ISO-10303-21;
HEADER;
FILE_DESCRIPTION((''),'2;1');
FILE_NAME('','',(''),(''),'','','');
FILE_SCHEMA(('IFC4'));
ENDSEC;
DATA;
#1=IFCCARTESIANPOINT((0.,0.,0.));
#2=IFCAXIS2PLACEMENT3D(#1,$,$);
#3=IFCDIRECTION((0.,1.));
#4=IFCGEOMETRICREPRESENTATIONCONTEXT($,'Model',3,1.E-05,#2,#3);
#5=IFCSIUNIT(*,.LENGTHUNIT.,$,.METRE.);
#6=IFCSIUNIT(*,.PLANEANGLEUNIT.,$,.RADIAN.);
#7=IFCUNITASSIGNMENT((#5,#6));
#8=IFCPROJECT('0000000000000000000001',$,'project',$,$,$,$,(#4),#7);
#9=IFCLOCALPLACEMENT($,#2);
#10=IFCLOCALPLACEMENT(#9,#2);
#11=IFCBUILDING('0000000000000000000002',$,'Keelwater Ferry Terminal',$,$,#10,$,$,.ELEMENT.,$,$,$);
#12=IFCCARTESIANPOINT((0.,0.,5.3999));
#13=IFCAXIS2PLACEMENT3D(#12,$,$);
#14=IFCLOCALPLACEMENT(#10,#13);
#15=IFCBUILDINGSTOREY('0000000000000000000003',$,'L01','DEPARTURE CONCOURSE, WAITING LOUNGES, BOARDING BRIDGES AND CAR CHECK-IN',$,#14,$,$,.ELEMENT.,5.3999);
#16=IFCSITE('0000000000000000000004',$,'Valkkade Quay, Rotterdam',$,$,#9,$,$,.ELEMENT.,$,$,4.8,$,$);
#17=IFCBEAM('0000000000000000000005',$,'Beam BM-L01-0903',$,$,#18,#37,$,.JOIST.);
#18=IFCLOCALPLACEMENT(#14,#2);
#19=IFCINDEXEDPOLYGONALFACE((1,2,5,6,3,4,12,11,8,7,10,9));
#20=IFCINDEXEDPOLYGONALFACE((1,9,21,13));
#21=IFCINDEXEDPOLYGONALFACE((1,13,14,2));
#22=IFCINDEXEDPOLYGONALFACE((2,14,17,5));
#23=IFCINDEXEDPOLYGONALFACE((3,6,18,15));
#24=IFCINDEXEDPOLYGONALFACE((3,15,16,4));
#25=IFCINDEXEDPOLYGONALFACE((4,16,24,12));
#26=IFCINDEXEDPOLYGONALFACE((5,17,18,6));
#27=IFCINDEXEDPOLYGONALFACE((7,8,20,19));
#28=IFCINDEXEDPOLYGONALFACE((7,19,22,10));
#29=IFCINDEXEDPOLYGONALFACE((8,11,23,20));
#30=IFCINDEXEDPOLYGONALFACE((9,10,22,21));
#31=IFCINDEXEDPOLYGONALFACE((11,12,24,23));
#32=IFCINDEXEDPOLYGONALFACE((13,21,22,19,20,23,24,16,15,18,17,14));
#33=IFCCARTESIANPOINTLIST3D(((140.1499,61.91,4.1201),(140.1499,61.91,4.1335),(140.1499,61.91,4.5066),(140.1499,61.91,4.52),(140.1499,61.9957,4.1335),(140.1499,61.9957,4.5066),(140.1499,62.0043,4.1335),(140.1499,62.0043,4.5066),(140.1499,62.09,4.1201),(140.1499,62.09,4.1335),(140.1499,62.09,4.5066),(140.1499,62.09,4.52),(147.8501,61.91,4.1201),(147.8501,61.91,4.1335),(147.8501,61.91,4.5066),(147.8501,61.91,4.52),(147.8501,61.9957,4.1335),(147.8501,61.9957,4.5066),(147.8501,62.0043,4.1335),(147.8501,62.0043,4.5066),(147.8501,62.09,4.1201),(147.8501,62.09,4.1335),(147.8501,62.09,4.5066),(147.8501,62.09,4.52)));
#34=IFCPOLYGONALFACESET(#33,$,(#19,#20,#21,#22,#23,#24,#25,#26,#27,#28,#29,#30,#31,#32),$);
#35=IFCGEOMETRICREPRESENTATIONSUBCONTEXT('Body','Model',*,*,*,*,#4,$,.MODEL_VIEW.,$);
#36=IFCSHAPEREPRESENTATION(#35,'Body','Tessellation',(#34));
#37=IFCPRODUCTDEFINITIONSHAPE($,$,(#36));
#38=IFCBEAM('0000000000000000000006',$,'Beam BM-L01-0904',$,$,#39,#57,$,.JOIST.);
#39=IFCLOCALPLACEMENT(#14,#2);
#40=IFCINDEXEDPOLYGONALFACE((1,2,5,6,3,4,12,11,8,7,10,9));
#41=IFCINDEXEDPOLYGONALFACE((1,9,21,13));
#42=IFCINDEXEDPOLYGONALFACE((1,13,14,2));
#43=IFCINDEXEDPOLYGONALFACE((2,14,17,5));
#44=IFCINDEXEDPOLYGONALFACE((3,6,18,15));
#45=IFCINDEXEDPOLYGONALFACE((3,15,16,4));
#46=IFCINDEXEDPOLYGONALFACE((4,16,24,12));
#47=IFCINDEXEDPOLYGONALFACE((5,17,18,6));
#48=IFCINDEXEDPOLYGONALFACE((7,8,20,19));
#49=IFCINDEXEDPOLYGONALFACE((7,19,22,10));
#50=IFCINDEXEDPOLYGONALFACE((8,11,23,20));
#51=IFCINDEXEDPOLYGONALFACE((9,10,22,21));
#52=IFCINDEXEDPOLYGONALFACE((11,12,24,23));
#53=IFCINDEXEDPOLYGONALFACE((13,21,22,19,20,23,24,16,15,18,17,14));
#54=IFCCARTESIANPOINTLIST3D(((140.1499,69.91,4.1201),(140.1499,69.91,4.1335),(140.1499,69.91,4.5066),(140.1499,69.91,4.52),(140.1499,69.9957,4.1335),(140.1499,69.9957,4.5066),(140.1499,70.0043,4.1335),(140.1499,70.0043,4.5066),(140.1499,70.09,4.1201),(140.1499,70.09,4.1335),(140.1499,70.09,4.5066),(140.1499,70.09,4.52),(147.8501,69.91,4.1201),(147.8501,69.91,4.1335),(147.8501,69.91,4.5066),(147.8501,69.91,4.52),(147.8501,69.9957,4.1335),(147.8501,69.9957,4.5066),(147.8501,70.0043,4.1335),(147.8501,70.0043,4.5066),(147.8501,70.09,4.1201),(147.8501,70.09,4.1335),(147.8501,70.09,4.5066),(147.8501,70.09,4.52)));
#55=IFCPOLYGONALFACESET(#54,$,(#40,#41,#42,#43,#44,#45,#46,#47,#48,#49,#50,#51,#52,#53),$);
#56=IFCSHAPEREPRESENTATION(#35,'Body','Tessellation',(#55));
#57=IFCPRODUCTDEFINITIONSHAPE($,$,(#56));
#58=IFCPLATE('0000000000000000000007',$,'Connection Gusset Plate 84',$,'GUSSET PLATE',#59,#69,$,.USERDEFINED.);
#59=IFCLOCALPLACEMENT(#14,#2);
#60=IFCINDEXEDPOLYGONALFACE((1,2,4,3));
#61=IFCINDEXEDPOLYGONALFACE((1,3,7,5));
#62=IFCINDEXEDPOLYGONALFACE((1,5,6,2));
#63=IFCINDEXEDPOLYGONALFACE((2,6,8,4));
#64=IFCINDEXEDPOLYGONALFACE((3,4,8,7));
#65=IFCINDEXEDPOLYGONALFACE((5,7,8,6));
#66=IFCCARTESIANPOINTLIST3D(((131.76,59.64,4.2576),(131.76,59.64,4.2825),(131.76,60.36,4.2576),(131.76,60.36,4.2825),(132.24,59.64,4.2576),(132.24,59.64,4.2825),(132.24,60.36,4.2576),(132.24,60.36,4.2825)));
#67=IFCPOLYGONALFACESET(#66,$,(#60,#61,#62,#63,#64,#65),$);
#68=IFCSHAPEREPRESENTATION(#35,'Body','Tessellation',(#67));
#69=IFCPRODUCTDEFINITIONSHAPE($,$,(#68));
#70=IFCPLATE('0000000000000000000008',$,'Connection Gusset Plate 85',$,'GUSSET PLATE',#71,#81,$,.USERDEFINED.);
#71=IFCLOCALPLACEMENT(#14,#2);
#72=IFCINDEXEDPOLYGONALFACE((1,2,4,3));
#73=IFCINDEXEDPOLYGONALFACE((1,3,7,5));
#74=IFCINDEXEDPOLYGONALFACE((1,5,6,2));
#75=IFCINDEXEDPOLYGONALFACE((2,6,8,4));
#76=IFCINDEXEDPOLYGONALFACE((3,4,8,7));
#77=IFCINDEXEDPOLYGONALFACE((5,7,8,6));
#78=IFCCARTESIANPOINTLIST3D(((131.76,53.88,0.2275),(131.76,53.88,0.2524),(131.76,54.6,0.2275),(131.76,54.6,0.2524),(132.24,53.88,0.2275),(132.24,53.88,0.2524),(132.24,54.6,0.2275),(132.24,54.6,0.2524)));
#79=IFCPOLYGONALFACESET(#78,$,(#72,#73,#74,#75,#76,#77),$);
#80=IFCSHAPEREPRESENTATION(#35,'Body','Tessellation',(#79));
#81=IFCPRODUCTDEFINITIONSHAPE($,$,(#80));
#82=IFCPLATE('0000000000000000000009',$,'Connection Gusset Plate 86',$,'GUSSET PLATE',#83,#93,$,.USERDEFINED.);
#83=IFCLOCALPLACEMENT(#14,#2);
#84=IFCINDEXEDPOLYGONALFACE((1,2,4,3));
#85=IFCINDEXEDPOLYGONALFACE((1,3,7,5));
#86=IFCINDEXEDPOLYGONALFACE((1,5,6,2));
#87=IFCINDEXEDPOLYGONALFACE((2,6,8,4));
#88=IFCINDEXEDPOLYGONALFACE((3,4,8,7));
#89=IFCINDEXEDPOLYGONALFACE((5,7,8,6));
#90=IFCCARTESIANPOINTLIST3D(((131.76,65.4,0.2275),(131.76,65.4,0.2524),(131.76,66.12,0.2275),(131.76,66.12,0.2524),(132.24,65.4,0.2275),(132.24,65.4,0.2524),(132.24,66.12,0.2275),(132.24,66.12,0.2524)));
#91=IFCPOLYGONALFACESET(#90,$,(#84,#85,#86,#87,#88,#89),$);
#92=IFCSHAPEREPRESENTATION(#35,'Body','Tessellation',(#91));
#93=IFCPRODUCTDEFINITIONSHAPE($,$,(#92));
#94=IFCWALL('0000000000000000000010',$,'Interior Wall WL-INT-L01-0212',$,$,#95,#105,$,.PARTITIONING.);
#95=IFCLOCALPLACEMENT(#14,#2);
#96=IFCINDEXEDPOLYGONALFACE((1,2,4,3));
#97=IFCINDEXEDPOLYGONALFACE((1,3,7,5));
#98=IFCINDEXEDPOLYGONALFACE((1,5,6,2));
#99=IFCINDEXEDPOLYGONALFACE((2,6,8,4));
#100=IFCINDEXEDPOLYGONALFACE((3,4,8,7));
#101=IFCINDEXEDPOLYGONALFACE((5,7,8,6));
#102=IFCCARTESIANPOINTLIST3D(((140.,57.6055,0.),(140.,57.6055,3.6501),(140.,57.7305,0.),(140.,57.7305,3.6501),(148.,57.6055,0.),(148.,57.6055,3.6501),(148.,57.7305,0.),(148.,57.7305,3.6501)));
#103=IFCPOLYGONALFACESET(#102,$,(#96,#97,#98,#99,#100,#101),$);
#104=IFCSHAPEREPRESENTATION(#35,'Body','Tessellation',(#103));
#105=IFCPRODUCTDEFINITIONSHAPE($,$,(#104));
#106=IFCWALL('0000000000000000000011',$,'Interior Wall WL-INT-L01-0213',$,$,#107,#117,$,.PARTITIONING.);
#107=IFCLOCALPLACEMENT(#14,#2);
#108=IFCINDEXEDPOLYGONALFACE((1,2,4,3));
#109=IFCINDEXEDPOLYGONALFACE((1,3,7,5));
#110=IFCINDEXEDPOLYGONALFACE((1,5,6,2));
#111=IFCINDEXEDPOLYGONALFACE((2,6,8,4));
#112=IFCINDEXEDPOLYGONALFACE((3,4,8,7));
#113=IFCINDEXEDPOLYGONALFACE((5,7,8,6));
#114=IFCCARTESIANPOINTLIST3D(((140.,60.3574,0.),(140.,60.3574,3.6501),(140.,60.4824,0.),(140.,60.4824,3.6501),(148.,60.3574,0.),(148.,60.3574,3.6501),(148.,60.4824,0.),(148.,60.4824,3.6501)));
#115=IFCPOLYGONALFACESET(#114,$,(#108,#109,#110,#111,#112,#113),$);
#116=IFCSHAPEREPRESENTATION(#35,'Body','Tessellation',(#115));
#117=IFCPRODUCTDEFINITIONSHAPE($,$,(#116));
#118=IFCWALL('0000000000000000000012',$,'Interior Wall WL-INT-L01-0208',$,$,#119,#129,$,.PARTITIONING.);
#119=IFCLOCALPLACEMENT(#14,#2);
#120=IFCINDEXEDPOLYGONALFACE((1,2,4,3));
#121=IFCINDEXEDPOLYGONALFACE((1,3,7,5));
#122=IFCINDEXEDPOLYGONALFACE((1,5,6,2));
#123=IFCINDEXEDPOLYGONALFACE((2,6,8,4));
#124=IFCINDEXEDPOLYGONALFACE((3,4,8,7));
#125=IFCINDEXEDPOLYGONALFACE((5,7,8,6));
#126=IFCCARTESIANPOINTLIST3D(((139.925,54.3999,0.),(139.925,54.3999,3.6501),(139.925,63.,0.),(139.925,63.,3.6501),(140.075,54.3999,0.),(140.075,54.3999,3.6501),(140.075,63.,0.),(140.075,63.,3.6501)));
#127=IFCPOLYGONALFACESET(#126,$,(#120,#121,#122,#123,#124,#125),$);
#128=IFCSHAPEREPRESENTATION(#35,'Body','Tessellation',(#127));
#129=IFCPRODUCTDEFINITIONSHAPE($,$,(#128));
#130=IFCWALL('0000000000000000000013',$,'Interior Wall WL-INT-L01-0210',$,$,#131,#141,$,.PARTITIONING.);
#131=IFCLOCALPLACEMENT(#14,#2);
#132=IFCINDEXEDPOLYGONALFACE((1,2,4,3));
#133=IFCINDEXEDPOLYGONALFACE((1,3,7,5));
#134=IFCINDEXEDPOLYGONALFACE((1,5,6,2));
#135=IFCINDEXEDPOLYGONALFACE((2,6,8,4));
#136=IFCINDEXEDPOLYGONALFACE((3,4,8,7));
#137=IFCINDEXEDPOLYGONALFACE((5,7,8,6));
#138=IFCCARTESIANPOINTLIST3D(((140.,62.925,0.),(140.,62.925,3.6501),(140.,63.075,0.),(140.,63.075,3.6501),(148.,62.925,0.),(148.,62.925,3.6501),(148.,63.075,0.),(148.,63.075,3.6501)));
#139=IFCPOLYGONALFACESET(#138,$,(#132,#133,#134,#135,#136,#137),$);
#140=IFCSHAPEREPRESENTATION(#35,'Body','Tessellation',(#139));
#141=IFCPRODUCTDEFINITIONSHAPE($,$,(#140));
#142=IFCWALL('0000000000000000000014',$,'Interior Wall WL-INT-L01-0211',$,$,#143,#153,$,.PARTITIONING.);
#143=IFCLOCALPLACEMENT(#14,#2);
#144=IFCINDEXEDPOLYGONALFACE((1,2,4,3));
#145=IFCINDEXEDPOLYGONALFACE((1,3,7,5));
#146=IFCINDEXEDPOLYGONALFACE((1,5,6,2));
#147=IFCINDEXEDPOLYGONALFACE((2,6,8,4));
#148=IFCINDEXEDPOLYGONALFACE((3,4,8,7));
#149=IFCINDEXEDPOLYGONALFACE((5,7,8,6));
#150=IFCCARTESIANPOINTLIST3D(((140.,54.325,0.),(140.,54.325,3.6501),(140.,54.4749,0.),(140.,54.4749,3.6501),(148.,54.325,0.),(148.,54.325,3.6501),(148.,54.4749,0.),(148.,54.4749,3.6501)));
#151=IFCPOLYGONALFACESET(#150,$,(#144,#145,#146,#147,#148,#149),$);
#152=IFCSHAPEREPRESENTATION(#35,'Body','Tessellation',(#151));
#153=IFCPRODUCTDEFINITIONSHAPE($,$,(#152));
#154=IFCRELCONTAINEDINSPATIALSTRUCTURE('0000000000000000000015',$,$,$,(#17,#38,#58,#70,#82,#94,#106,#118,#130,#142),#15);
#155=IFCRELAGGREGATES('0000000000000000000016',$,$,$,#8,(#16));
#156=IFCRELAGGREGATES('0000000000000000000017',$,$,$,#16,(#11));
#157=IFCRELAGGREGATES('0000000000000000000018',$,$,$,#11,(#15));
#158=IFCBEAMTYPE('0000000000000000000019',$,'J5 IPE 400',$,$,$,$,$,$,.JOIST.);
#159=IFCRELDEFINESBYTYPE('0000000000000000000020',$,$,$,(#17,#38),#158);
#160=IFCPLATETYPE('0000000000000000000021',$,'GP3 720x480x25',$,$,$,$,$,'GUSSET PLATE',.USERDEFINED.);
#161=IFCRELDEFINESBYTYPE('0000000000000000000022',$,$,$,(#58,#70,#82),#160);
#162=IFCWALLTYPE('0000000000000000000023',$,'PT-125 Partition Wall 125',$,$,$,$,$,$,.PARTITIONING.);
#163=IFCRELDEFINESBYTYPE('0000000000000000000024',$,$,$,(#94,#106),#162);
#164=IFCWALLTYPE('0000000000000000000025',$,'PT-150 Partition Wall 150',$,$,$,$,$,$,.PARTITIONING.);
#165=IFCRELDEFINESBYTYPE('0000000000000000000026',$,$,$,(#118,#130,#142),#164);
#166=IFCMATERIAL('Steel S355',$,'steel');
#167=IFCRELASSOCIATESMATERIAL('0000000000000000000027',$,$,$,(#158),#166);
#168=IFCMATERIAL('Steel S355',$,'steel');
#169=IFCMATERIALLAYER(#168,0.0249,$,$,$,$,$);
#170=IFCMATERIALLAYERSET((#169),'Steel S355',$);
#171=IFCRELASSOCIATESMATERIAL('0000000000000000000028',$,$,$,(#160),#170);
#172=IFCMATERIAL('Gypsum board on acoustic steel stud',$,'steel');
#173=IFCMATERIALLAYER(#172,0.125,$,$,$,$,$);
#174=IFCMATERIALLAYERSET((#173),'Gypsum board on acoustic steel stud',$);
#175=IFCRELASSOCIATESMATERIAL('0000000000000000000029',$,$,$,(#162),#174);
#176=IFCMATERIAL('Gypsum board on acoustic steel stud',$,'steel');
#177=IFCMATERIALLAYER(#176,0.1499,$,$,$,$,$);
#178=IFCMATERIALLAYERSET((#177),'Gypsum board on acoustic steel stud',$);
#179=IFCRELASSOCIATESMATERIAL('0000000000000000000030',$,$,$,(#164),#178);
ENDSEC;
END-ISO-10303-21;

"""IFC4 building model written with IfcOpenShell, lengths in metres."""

from ifc_helpers import new_model, si_unit, direction, frame, frame_2d, origin, origin_2d, place, context, subcontext, project, spatial, rectangle, i_section, extrude, material, layer, layer_set, material_profile, profile_set, type_object, element, save


model = new_model("IFC4")

# Units and contexts
model_context = context("Model", 3, precision=1e-05, world=origin(), true_north=direction((0.0, 1.0)))
body_context = subcontext(model_context, "Body", "Model", "MODEL_VIEW")
ifc_project = project(units=[si_unit("LENGTHUNIT", "METRE"), si_unit("PLANEANGLEUNIT", "RADIAN")], contexts=[model_context])

# Site, building, storey
site_placement = place(None, origin())
site = spatial("IfcSite", under=ifc_project, at=site_placement, Name="Valkkade Quay, Rotterdam", CompositionType="ELEMENT", RefElevation=4.8)
building_placement = place(site_placement, origin())
building = spatial("IfcBuilding", under=site, at=building_placement, Name="Keelwater Ferry Terminal", CompositionType="ELEMENT")
storey_placement = place(building_placement, frame((0.0, 0.0, 5.3999)))
storey = spatial("IfcBuildingStorey", under=building, at=storey_placement, Name="L01", Description="DEPARTURE CONCOURSE, WAITING LOUNGES, BOARDING BRIDGES AND CAR CHECK-IN", CompositionType="ELEMENT", Elevation=5.3999)

# Beams
ifc_material_1 = material(Name="Steel S355", Category="steel")
ifc_material_profile_1 = material_profile(ifc_material_1, i_section(OverallWidth=0.1799, OverallDepth=0.3999, WebThickness=0.0085, FlangeThickness=0.0134, at=origin_2d()), Name="IPE 400")
ifc_profile_set_1 = profile_set([ifc_material_profile_1], Name="Steel S355")
beam_type_1 = type_object("IfcBeamType", Name="J5 IPE 400", PredefinedType="JOIST", material=ifc_profile_set_1)
for number, where, z_axis, x_axis, name in (
    (1, (140.1499, 62.0, 4.3201), (1.0, 0.0, 0.0), (0.0, 1.0, 0.0), "Beam BM-L01-0903"),
    (2, (140.1499, 70.0, 4.3201), (1.0, 0.0, 0.0), (0.0, 1.0, 0.0), "Beam BM-L01-0904"),
):
    element("IfcBeam", number, at=place(storey_placement, frame(where, z_axis=z_axis, x_axis=x_axis)), inside=storey, type_object=beam_type_1, Name=name, PredefinedType="JOIST", context=body_context, shape_type="SweptSolid", body=[
        extrude(i_section(OverallWidth=0.1799, OverallDepth=0.3999, WebThickness=0.0085, FlangeThickness=0.0134, at=origin_2d()), origin(), (0.0, 0.0, 1.0), 7.7002),
    ])

# Plates
ifc_material_2 = material(Name="Steel S355", Category="steel")
ifc_layer_1 = layer(ifc_material_2, 0.0249)
ifc_layer_set_1 = layer_set([ifc_layer_1], Name="Steel S355")
plate_type = type_object("IfcPlateType", Name="GP3 720x480x25", ElementType="GUSSET PLATE", PredefinedType="USERDEFINED", material=ifc_layer_set_1)
for number, where, z_axis, x_axis, name in (
    (3, (132.0, 60.0, 4.2576), (0.0, 0.0, 1.0), (0.0, 1.0, 0.0), "Connection Gusset Plate 84"),
    (4, (132.0, 54.24, 0.2275), (0.0, 0.0, 1.0), (0.0, 1.0, 0.0), "Connection Gusset Plate 85"),
    (5, (132.0, 65.76, 0.2275), (0.0, 0.0, 1.0), (0.0, 1.0, 0.0), "Connection Gusset Plate 86"),
):
    element("IfcPlate", number, at=place(storey_placement, frame(where, z_axis=z_axis, x_axis=x_axis)), inside=storey, type_object=plate_type, Name=name, ObjectType="GUSSET PLATE", PredefinedType="USERDEFINED", context=body_context, shape_type="SweptSolid", body=[
        extrude(rectangle(XDim=0.72, YDim=0.48, at=origin_2d()), origin(), (0.0, 0.0, 1.0), 0.0249),
    ])

# Walls
ifc_material_3 = material(Name="Gypsum board on acoustic steel stud", Category="steel")
ifc_layer_2 = layer(ifc_material_3, 0.125)
ifc_layer_set_2 = layer_set([ifc_layer_2], Name="Gypsum board on acoustic steel stud")
wall_type_1 = type_object("IfcWallType", Name="PT-125 Partition Wall 125", PredefinedType="PARTITIONING", material=ifc_layer_set_2)
for number, where, z_axis, x_axis, name in (
    (6, (140.0, 57.668, 0.0), (0.0, 0.0, 1.0), (1.0, 0.0, 0.0), "Interior Wall WL-INT-L01-0212"),
    (7, (140.0, 60.4199, 0.0), (0.0, 0.0, 1.0), (1.0, 0.0, 0.0), "Interior Wall WL-INT-L01-0213"),
):
    element("IfcWall", number, at=place(storey_placement, frame(where, z_axis=z_axis, x_axis=x_axis)), inside=storey, type_object=wall_type_1, Name=name, PredefinedType="PARTITIONING", context=body_context, shape_type="SweptSolid", body=[
        extrude(rectangle(XDim=8.0, YDim=0.125, at=frame_2d((4.0, 0.0))), origin(), (0.0, 0.0, 1.0), 3.6501),
    ])
ifc_material_4 = material(Name="Gypsum board on acoustic steel stud", Category="steel")
ifc_layer_3 = layer(ifc_material_4, 0.1499)
ifc_layer_set_3 = layer_set([ifc_layer_3], Name="Gypsum board on acoustic steel stud")
wall_type_2 = type_object("IfcWallType", Name="PT-150 Partition Wall 150", PredefinedType="PARTITIONING", material=ifc_layer_set_3)
wall_placement = place(storey_placement, frame((140.0, 54.3999, 0.0), z_axis=(0.0, 0.0, 1.0), x_axis=(0.0, 1.0, 0.0)))
element("IfcWall", 8, at=wall_placement, inside=storey, type_object=wall_type_2, Name="Interior Wall WL-INT-L01-0208", PredefinedType="PARTITIONING", context=body_context, shape_type="SweptSolid", body=[
    extrude(rectangle(XDim=8.6001, YDim=0.1499, at=frame_2d((4.3, 0.0))), origin(), (0.0, 0.0, 1.0), 3.6501),
])
for number, where, z_axis, x_axis, name in (
    (9, (140.0, 63.0, 0.0), (0.0, 0.0, 1.0), (1.0, 0.0, 0.0), "Interior Wall WL-INT-L01-0210"),
    (10, (140.0, 54.3999, 0.0), (0.0, 0.0, 1.0), (1.0, 0.0, 0.0), "Interior Wall WL-INT-L01-0211"),
):
    element("IfcWall", number, at=place(storey_placement, frame(where, z_axis=z_axis, x_axis=x_axis)), inside=storey, type_object=wall_type_2, Name=name, PredefinedType="PARTITIONING", context=body_context, shape_type="SweptSolid", body=[
        extrude(rectangle(XDim=8.0, YDim=0.1499, at=frame_2d((4.0, 0.0))), origin(), (0.0, 0.0, 1.0), 3.6501),
    ])

save(model, "model.ifc")
